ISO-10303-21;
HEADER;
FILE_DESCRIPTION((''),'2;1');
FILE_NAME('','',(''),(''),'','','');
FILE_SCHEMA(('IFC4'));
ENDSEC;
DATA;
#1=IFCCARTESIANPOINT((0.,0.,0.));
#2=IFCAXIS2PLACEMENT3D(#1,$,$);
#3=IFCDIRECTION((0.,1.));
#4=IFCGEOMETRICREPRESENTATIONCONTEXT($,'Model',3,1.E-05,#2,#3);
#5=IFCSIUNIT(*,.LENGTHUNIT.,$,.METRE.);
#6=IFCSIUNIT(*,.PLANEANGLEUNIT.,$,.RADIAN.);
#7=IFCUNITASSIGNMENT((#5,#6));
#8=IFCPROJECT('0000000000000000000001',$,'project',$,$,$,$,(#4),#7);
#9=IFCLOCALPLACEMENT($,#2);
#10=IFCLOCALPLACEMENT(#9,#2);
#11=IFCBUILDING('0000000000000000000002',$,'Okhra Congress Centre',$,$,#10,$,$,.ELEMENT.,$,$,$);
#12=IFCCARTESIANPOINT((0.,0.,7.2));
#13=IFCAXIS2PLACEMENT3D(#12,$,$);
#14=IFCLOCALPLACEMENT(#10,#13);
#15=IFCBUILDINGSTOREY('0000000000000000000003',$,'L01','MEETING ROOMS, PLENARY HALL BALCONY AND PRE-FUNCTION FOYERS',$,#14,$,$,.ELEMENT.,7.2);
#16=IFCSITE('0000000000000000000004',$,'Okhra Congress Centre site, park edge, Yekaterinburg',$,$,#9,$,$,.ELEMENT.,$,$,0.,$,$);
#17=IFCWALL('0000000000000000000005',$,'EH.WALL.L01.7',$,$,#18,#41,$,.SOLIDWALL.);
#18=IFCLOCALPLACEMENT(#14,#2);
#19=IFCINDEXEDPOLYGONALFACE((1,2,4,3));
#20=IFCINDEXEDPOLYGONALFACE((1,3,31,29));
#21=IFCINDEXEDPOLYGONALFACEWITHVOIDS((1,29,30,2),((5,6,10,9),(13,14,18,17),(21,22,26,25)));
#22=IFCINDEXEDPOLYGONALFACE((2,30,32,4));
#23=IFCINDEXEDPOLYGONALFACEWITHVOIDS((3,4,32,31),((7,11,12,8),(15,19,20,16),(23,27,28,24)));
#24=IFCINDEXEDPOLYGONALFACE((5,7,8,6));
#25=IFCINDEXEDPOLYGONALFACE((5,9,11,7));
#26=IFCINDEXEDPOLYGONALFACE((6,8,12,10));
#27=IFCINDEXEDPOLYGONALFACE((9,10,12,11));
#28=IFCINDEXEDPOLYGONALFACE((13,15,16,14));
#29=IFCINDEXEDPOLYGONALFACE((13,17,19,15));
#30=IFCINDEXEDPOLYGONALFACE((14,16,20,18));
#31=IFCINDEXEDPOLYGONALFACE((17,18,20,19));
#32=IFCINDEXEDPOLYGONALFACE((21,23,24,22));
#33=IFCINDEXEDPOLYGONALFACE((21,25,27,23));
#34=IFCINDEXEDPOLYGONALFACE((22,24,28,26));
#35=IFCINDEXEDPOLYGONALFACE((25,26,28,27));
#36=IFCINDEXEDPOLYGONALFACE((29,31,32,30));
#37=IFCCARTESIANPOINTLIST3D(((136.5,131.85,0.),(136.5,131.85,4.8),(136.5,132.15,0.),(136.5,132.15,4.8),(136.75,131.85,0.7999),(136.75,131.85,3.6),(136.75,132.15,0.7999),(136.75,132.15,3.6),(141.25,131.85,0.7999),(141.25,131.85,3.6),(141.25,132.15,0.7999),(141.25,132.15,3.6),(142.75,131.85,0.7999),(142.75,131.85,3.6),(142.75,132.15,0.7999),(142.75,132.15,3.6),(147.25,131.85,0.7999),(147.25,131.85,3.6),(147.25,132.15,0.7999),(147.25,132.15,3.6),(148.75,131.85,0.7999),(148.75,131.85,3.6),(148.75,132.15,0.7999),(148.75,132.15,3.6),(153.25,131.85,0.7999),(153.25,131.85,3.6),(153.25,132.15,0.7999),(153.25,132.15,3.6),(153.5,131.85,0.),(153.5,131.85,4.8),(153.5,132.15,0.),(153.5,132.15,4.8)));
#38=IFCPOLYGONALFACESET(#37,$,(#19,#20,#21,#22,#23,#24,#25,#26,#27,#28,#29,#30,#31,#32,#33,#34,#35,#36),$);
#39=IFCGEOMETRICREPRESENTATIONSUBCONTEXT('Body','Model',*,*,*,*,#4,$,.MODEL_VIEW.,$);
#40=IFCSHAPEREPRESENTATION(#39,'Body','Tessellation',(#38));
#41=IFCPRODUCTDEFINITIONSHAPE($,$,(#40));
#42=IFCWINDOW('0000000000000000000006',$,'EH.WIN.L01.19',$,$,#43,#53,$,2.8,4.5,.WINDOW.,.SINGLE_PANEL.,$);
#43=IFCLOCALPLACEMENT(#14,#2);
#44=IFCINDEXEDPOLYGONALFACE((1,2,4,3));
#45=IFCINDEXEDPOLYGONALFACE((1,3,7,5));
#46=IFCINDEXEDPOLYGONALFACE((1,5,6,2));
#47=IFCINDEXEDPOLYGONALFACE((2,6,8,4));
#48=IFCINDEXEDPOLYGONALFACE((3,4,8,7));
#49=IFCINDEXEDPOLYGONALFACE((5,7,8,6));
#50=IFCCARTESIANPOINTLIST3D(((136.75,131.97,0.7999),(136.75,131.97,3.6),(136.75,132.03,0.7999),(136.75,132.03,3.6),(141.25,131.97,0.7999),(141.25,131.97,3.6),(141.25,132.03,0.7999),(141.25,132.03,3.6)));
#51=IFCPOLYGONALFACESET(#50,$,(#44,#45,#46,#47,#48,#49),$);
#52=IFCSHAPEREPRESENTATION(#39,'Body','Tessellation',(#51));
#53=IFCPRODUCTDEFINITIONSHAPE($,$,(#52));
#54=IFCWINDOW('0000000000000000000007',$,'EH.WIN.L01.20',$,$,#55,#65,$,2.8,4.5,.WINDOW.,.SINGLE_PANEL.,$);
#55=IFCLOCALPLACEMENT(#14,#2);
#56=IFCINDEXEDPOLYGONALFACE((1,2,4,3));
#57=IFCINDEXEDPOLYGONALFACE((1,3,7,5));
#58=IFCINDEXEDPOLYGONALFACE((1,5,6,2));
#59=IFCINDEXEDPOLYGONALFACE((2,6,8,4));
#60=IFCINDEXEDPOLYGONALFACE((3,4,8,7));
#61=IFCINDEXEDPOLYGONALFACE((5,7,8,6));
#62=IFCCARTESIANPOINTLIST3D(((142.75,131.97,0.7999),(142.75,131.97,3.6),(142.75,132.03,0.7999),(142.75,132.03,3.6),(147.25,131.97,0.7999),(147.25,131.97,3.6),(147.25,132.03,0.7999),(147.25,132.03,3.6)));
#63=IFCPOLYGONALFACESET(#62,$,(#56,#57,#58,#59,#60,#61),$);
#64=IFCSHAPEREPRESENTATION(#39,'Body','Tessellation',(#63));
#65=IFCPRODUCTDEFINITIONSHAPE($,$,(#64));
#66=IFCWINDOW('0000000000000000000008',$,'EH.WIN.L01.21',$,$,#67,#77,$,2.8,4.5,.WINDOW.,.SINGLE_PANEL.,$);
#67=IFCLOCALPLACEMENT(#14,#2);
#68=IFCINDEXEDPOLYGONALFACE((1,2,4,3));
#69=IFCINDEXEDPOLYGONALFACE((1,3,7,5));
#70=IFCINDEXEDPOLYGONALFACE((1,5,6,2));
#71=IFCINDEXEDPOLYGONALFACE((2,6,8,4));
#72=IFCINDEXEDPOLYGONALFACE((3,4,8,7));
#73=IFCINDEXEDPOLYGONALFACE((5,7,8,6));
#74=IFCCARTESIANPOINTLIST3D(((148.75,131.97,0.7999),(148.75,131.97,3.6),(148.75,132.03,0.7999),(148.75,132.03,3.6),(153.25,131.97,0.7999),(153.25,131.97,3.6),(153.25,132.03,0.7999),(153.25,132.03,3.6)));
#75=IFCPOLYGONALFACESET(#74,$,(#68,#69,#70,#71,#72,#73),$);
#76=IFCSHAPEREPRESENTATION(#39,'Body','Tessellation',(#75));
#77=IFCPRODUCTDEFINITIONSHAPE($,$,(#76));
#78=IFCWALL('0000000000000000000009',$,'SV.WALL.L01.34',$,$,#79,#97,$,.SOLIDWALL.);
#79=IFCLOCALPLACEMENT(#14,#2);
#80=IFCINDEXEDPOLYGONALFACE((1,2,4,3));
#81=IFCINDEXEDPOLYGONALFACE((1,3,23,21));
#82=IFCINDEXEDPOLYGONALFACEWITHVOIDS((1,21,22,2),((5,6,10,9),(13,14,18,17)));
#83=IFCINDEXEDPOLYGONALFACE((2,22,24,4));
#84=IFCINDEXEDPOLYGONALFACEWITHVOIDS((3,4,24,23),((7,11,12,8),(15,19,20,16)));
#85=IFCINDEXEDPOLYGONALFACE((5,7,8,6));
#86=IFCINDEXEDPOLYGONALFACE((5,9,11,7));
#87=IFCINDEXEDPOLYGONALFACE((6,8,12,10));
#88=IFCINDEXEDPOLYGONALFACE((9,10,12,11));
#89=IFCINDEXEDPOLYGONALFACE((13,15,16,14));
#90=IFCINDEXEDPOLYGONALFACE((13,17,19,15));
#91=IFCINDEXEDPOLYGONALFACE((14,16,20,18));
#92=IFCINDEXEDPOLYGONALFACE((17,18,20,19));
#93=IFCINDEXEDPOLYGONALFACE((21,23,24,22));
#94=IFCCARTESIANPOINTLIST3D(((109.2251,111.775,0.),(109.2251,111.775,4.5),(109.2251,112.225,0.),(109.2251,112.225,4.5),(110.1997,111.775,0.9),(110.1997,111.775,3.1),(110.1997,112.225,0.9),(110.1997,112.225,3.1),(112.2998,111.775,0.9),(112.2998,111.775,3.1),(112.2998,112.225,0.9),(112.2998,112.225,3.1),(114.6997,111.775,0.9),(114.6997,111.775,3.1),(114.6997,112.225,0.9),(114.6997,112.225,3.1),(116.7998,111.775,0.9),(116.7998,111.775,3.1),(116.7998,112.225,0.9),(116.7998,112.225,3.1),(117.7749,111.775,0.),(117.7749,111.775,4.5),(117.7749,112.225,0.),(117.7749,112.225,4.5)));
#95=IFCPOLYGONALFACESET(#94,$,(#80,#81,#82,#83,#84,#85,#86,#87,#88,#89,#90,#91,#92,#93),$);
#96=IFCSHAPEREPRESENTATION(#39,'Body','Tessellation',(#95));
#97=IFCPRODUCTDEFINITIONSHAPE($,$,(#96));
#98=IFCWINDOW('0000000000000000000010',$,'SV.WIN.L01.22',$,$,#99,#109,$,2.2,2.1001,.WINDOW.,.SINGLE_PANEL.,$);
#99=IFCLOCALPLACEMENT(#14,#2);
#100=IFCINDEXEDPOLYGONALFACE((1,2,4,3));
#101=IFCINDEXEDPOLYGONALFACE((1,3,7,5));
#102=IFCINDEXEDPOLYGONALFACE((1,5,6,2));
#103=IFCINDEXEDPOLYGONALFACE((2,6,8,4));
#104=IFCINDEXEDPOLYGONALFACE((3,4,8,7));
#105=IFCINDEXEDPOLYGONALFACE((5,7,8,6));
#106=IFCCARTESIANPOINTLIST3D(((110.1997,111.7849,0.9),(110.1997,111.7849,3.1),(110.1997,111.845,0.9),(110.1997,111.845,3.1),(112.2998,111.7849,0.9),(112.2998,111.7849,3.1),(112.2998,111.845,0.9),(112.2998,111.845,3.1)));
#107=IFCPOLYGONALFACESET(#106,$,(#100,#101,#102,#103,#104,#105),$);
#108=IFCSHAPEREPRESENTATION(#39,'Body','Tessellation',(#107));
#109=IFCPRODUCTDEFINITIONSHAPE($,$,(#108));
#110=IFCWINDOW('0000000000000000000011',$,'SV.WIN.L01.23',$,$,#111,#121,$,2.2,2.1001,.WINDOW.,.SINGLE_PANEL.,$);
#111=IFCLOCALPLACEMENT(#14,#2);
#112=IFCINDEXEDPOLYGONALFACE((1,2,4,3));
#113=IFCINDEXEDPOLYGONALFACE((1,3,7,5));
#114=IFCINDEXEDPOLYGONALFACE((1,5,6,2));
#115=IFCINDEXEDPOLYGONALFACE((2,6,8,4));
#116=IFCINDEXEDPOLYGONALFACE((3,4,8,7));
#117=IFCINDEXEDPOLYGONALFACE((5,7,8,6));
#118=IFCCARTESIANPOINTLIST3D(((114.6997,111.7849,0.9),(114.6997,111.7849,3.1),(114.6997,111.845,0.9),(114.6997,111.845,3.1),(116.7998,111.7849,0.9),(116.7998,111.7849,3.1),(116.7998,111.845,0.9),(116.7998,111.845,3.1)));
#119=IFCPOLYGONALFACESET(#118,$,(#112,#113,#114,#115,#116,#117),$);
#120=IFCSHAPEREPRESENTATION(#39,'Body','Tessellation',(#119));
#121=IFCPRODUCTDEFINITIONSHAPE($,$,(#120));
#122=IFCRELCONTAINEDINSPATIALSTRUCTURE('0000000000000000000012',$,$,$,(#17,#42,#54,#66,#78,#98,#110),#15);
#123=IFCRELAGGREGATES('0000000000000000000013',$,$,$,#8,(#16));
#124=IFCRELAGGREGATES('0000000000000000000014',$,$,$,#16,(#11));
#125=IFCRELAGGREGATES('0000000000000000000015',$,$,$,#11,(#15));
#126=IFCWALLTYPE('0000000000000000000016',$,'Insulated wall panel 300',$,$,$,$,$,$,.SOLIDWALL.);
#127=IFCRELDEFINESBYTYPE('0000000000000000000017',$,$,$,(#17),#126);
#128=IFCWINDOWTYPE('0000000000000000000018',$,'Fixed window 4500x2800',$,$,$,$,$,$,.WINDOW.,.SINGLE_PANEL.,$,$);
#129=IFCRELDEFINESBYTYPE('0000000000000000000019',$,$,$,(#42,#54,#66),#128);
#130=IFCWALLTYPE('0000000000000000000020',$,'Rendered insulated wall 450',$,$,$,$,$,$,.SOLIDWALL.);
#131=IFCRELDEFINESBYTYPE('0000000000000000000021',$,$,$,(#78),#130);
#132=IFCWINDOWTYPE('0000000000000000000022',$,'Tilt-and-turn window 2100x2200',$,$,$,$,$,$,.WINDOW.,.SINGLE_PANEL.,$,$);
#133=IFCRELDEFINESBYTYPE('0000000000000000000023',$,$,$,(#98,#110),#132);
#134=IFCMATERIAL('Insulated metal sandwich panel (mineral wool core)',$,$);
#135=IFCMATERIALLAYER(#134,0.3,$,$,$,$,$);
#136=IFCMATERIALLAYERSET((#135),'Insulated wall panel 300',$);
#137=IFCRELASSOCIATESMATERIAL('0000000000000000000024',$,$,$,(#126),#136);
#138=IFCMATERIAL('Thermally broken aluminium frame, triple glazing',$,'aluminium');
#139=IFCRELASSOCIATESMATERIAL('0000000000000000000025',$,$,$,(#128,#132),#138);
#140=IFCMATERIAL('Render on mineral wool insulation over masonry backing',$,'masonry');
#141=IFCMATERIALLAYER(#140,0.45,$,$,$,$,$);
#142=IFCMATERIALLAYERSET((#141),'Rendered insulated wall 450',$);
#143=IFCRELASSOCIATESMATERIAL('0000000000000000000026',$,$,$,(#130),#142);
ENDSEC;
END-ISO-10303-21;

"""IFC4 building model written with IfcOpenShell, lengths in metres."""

from ifc_helpers import new_model, si_unit, direction, frame, frame_2d, origin, place, context, subcontext, project, spatial, rectangle, extrude, material, layer, layer_set, type_object, element, fill, save


model = new_model("IFC4")

# Units and contexts
model_context = context("Model", 3, precision=1e-05, world=origin(), true_north=direction((0.0, 1.0)))
body_context = subcontext(model_context, "Body", "Model", "MODEL_VIEW")
ifc_project = project(units=[si_unit("LENGTHUNIT", "METRE"), si_unit("PLANEANGLEUNIT", "RADIAN")], contexts=[model_context])

# Site, building, storey
site_placement = place(None, origin())
site = spatial("IfcSite", under=ifc_project, at=site_placement, Name="Okhra Congress Centre site, park edge, Yekaterinburg", CompositionType="ELEMENT", RefElevation=0.0)
building_placement = place(site_placement, origin())
building = spatial("IfcBuilding", under=site, at=building_placement, Name="Okhra Congress Centre", CompositionType="ELEMENT")
storey_placement = place(building_placement, frame((0.0, 0.0, 7.2)))
storey = spatial("IfcBuildingStorey", under=building, at=storey_placement, Name="L01", Description="MEETING ROOMS, PLENARY HALL BALCONY AND PRE-FUNCTION FOYERS", CompositionType="ELEMENT", Elevation=7.2)

# Walls, openings, windows
ifc_material_1 = material(Name="Insulated metal sandwich panel (mineral wool core)")
ifc_layer_1 = layer(ifc_material_1, 0.3)
ifc_layer_set_1 = layer_set([ifc_layer_1], Name="Insulated wall panel 300")
wall_type_1 = type_object("IfcWallType", Name="Insulated wall panel 300", PredefinedType="SOLIDWALL", material=ifc_layer_set_1)
ifc_material_2 = material(Name="Thermally broken aluminium frame, triple glazing", Category="aluminium")
window_type_1 = type_object("IfcWindowType", Name="Fixed window 4500x2800", PartitioningType="SINGLE_PANEL", PredefinedType="WINDOW", material=ifc_material_2)
wall_1_placement = place(storey_placement, frame((136.5, 132.0, 0.0), z_axis=(0.0, 0.0, 1.0), x_axis=(1.0, 0.0, 0.0)))
wall_1 = element("IfcWall", 1, at=wall_1_placement, inside=storey, type_object=wall_type_1, Name="EH.WALL.L01.7", PredefinedType="SOLIDWALL", context=body_context, shape_type="SweptSolid", body=[
    extrude(rectangle(XDim=17.0, YDim=0.3, at=frame_2d((8.5, 0.0))), origin(), (0.0, 0.0, 1.0), 4.8),
])
opening_1_placement = place(wall_1_placement, frame((0.25, 0.0, 0.8)))
opening_1 = element("IfcOpeningElement", 2, at=opening_1_placement, cuts=wall_1, PredefinedType="OPENING", context=body_context, shape_type="SweptSolid", body=[
    extrude(rectangle(XDim=4.5, YDim=2.8, at=frame_2d((2.25, 1.3999))), frame((0.0, 0.1599, 0.0), z_axis=(0.0, -1.0, 0.0), x_axis=(1.0, 0.0, 0.0)), (0.0, 0.0, 1.0), 0.3201),
])
opening_2_placement = place(wall_1_placement, frame((6.25, 0.0, 0.8)))
opening_2 = element("IfcOpeningElement", 3, at=opening_2_placement, cuts=wall_1, PredefinedType="OPENING", context=body_context, shape_type="SweptSolid", body=[
    extrude(rectangle(XDim=4.5, YDim=2.8, at=frame_2d((2.25, 1.3999))), frame((0.0, 0.1599, 0.0), z_axis=(0.0, -1.0, 0.0), x_axis=(1.0, 0.0, 0.0)), (0.0, 0.0, 1.0), 0.3201),
])
opening_3_placement = place(wall_1_placement, frame((12.25, 0.0, 0.8)))
opening_3 = element("IfcOpeningElement", 4, at=opening_3_placement, cuts=wall_1, PredefinedType="OPENING", context=body_context, shape_type="SweptSolid", body=[
    extrude(rectangle(XDim=4.5, YDim=2.8, at=frame_2d((2.25, 1.3999))), frame((0.0, 0.1599, 0.0), z_axis=(0.0, -1.0, 0.0), x_axis=(1.0, 0.0, 0.0)), (0.0, 0.0, 1.0), 0.3201),
])
window_1_placement = place(opening_1_placement, origin())
window_1 = element("IfcWindow", 5, at=window_1_placement, inside=storey, type_object=window_type_1, Name="EH.WIN.L01.19", OverallHeight=2.8, OverallWidth=4.5, PartitioningType="SINGLE_PANEL", PredefinedType="WINDOW", context=body_context, shape_type="SweptSolid", body=[
    extrude(rectangle(XDim=4.5, YDim=2.8, at=frame_2d((2.25, 1.3999))), frame((0.0, 0.03, 0.0), z_axis=(0.0, -1.0, 0.0), x_axis=(1.0, 0.0, 0.0)), (0.0, 0.0, 1.0), 0.0601),
])
fill(opening_1, window_1)
window_2_placement = place(opening_2_placement, origin())
window_2 = element("IfcWindow", 6, at=window_2_placement, inside=storey, type_object=window_type_1, Name="EH.WIN.L01.20", OverallHeight=2.8, OverallWidth=4.5, PartitioningType="SINGLE_PANEL", PredefinedType="WINDOW", context=body_context, shape_type="SweptSolid", body=[
    extrude(rectangle(XDim=4.5, YDim=2.8, at=frame_2d((2.25, 1.3999))), frame((0.0, 0.03, 0.0), z_axis=(0.0, -1.0, 0.0), x_axis=(1.0, 0.0, 0.0)), (0.0, 0.0, 1.0), 0.0601),
])
fill(opening_2, window_2)
window_3_placement = place(opening_3_placement, origin())
window_3 = element("IfcWindow", 7, at=window_3_placement, inside=storey, type_object=window_type_1, Name="EH.WIN.L01.21", OverallHeight=2.8, OverallWidth=4.5, PartitioningType="SINGLE_PANEL", PredefinedType="WINDOW", context=body_context, shape_type="SweptSolid", body=[
    extrude(rectangle(XDim=4.5, YDim=2.8, at=frame_2d((2.25, 1.3999))), frame((0.0, 0.03, 0.0), z_axis=(0.0, -1.0, 0.0), x_axis=(1.0, 0.0, 0.0)), (0.0, 0.0, 1.0), 0.0601),
])
fill(opening_3, window_3)
ifc_material_3 = material(Name="Render on mineral wool insulation over masonry backing", Category="masonry")
ifc_layer_2 = layer(ifc_material_3, 0.45)
ifc_layer_set_2 = layer_set([ifc_layer_2], Name="Rendered insulated wall 450")
wall_type_2 = type_object("IfcWallType", Name="Rendered insulated wall 450", PredefinedType="SOLIDWALL", material=ifc_layer_set_2)
wall_2_placement = place(storey_placement, frame((117.7749, 112.0, 0.0), z_axis=(0.0, 0.0, 1.0), x_axis=(-1.0, 0.0, 0.0)))
wall_2 = element("IfcWall", 8, at=wall_2_placement, inside=storey, type_object=wall_type_2, Name="SV.WALL.L01.34", PredefinedType="SOLIDWALL", context=body_context, shape_type="SweptSolid", body=[
    extrude(rectangle(XDim=8.5498, YDim=0.45, at=frame_2d((4.2749, 0.0))), origin(), (0.0, 0.0, 1.0), 4.5),
])
opening_4_placement = place(wall_2_placement, frame((5.4751, 0.0, 0.8999)))
opening_4 = element("IfcOpeningElement", 9, at=opening_4_placement, cuts=wall_2, PredefinedType="OPENING", context=body_context, shape_type="SweptSolid", body=[
    extrude(rectangle(XDim=2.1001, YDim=2.2, at=frame_2d((1.05, 1.1001))), frame((0.0, 0.2349, 0.0), z_axis=(0.0, -1.0, 0.0), x_axis=(1.0, 0.0, 0.0)), (0.0, 0.0, 1.0), 0.47),
])
opening_5_placement = place(wall_2_placement, frame((0.9751, 0.0, 0.8999)))
opening_5 = element("IfcOpeningElement", 10, at=opening_5_placement, cuts=wall_2, PredefinedType="OPENING", context=body_context, shape_type="SweptSolid", body=[
    extrude(rectangle(XDim=2.1001, YDim=2.2, at=frame_2d((1.05, 1.1001))), frame((0.0, 0.2349, 0.0), z_axis=(0.0, -1.0, 0.0), x_axis=(1.0, 0.0, 0.0)), (0.0, 0.0, 1.0), 0.47),
])
window_type_2 = type_object("IfcWindowType", Name="Tilt-and-turn window 2100x2200", PartitioningType="SINGLE_PANEL", PredefinedType="WINDOW", material=ifc_material_2)
window_4_placement = place(opening_4_placement, origin())
window_4 = element("IfcWindow", 11, at=window_4_placement, inside=storey, type_object=window_type_2, Name="SV.WIN.L01.22", OverallHeight=2.2, OverallWidth=2.1001, PartitioningType="SINGLE_PANEL", PredefinedType="WINDOW", context=body_context, shape_type="SweptSolid", body=[
    extrude(rectangle(XDim=2.1001, YDim=2.2, at=frame_2d((1.05, 1.1001))), frame((0.0, 0.2151, 0.0), z_axis=(0.0, -1.0, 0.0), x_axis=(1.0, 0.0, 0.0)), (0.0, 0.0, 1.0), 0.0601),
])
fill(opening_4, window_4)
window_5_placement = place(opening_5_placement, origin())
window_5 = element("IfcWindow", 12, at=window_5_placement, inside=storey, type_object=window_type_2, Name="SV.WIN.L01.23", OverallHeight=2.2, OverallWidth=2.1001, PartitioningType="SINGLE_PANEL", PredefinedType="WINDOW", context=body_context, shape_type="SweptSolid", body=[
    extrude(rectangle(XDim=2.1001, YDim=2.2, at=frame_2d((1.05, 1.1001))), frame((0.0, 0.2151, 0.0), z_axis=(0.0, -1.0, 0.0), x_axis=(1.0, 0.0, 0.0)), (0.0, 0.0, 1.0), 0.0601),
])
fill(opening_5, window_5)

save(model, "model.ifc")
